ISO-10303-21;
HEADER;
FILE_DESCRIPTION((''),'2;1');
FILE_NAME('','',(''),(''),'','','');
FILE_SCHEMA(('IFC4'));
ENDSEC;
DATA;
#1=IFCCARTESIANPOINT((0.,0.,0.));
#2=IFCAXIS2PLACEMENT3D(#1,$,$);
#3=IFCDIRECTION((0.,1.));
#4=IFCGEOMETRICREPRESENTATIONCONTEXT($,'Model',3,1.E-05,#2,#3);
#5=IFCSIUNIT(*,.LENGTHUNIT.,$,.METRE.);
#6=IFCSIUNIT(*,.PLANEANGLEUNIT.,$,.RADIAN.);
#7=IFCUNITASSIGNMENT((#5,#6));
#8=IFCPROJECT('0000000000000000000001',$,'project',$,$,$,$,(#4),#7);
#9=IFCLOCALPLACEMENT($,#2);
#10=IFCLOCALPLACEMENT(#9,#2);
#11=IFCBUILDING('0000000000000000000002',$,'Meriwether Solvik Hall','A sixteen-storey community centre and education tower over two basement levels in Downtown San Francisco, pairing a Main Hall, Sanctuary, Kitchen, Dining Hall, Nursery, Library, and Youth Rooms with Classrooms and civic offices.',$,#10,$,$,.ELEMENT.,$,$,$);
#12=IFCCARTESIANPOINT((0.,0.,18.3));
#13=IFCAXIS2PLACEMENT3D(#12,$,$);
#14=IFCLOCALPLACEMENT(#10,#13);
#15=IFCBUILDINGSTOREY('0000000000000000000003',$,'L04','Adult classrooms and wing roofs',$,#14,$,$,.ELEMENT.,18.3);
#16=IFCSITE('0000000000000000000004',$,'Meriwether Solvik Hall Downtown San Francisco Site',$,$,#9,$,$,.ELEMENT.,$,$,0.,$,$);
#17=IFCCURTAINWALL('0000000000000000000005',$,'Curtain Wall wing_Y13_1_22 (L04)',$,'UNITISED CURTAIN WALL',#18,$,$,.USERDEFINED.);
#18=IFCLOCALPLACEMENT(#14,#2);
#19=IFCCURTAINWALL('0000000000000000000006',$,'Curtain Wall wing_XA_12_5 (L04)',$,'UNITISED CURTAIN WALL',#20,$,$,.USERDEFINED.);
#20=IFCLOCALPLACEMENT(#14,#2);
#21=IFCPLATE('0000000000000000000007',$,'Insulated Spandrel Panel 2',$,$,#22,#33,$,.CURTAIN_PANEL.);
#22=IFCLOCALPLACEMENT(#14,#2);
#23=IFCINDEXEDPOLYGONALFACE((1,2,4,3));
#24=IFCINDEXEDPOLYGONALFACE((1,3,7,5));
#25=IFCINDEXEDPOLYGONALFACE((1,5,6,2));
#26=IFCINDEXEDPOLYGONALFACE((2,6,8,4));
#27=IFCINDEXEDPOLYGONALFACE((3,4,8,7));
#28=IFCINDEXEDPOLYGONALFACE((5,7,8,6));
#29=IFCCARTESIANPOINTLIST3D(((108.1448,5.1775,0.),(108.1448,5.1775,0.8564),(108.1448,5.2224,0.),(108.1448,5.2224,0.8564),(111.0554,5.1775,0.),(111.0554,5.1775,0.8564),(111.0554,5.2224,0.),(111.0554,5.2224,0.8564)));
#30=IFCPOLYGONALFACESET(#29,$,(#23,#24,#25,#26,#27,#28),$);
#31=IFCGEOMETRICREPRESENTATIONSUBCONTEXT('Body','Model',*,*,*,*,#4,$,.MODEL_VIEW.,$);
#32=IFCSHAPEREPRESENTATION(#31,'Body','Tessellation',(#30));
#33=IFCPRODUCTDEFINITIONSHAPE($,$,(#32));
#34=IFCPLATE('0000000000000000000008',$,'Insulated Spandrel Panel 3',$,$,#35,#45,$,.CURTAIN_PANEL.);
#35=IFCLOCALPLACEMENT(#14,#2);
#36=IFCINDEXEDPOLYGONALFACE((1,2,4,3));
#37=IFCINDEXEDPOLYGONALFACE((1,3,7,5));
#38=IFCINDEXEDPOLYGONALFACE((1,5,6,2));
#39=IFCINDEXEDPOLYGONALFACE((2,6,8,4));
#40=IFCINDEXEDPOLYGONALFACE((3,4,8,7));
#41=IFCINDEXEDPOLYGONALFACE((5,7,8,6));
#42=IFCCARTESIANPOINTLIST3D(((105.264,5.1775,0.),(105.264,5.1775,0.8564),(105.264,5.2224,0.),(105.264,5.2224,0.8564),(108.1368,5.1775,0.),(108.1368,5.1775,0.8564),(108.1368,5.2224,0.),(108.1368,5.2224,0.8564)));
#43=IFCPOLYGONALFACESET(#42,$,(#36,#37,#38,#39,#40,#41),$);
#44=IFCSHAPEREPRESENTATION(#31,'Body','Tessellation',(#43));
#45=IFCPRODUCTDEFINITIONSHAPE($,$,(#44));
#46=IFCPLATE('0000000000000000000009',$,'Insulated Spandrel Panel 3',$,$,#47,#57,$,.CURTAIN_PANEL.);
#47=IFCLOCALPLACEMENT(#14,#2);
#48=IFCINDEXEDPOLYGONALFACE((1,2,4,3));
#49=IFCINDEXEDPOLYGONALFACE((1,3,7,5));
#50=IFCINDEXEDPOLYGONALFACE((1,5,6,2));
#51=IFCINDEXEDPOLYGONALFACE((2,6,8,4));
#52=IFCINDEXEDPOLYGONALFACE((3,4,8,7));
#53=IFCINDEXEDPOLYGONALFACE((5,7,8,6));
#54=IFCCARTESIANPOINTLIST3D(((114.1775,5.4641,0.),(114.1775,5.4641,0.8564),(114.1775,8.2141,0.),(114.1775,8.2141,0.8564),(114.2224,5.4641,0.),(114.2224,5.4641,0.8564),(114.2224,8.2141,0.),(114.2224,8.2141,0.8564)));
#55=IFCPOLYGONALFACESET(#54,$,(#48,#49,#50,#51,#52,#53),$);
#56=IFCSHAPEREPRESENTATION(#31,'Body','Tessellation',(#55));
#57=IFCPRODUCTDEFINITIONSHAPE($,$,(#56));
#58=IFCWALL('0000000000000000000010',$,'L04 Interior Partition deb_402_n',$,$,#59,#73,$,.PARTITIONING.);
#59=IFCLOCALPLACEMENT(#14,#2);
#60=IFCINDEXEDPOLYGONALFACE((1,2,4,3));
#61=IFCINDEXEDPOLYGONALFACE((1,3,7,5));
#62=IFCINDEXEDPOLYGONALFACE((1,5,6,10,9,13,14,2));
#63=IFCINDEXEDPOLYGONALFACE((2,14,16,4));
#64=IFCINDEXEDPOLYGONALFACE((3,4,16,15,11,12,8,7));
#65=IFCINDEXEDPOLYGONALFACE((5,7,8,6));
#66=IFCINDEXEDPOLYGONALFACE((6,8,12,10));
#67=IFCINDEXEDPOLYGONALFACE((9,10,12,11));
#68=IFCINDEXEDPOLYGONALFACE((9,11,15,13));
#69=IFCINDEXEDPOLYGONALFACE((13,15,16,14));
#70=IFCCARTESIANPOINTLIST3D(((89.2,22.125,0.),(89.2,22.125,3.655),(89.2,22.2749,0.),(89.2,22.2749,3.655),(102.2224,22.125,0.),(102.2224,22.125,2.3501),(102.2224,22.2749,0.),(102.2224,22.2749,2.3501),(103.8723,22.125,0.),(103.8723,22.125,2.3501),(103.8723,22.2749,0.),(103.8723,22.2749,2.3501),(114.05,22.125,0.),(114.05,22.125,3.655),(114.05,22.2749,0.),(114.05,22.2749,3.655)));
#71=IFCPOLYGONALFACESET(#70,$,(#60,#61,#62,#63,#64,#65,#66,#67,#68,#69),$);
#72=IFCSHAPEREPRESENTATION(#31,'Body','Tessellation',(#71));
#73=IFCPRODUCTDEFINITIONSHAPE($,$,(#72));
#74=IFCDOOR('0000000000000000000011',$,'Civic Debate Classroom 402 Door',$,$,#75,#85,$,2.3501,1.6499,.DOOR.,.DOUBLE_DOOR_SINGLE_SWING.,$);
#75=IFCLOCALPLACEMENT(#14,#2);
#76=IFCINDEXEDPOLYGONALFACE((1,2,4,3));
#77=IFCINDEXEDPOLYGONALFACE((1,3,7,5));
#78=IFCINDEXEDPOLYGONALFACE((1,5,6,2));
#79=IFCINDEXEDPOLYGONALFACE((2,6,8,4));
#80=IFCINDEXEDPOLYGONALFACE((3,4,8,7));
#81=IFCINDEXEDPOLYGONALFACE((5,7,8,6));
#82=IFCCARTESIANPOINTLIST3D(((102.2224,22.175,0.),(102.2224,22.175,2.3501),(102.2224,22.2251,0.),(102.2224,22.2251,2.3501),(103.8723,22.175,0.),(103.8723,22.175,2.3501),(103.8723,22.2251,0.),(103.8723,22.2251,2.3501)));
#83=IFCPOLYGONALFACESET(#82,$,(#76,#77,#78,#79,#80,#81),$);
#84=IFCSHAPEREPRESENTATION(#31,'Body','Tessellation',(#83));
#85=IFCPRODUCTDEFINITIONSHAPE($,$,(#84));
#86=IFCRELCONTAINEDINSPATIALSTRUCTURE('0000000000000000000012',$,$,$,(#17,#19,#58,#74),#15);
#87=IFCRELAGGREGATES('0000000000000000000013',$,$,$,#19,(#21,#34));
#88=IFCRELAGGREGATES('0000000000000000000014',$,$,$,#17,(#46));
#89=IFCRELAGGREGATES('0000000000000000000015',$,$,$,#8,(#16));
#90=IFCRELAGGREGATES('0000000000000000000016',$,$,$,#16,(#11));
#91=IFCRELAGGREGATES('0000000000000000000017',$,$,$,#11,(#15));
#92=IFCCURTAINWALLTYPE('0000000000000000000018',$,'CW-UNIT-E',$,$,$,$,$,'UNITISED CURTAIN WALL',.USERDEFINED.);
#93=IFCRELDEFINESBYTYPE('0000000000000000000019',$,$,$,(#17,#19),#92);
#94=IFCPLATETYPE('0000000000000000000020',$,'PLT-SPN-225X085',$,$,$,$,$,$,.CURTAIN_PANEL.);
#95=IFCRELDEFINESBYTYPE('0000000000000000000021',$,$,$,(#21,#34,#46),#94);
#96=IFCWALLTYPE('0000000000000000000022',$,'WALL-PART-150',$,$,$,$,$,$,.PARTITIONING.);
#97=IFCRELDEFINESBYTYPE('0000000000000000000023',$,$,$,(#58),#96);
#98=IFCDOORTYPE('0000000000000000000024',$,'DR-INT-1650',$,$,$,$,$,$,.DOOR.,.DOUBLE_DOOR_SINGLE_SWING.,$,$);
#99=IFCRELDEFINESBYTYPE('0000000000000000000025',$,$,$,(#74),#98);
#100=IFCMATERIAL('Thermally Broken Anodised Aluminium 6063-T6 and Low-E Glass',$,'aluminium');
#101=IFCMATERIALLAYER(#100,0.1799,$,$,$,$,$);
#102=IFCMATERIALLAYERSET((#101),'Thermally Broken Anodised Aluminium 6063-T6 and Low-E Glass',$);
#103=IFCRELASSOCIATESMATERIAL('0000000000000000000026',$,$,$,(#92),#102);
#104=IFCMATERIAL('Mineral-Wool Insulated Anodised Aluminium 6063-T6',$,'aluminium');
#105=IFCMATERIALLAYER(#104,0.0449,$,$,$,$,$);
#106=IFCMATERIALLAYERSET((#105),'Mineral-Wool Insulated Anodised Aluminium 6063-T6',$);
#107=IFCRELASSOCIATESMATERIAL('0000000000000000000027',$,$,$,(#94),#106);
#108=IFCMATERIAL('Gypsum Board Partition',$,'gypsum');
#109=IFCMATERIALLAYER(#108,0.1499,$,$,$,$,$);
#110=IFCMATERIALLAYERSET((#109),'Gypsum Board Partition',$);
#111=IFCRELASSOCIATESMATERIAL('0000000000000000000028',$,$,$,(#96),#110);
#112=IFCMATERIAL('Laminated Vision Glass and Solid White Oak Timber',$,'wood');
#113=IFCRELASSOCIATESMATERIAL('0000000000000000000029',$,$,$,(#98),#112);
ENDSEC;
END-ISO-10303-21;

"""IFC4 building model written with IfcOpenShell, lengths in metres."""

from ifc_helpers import new_model, si_unit, direction, frame, frame_2d, origin, origin_2d, place, context, subcontext, project, spatial, rectangle, extrude, material, layer, layer_set, type_object, element, fill, aggregate, save


model = new_model("IFC4")

# Units and contexts
model_context = context("Model", 3, precision=1e-05, world=origin(), true_north=direction((0.0, 1.0)))
body_context = subcontext(model_context, "Body", "Model", "MODEL_VIEW")
ifc_project = project(units=[si_unit("LENGTHUNIT", "METRE"), si_unit("PLANEANGLEUNIT", "RADIAN")], contexts=[model_context])

# Site, building, storey
site_placement = place(None, origin())
site = spatial("IfcSite", under=ifc_project, at=site_placement, Name="Meriwether Solvik Hall Downtown San Francisco Site", CompositionType="ELEMENT", RefElevation=0.0)
building_placement = place(site_placement, origin())
building = spatial("IfcBuilding", under=site, at=building_placement, Name="Meriwether Solvik Hall", Description="A sixteen-storey community centre and education tower over two basement levels in Downtown San Francisco, pairing a Main Hall, Sanctuary, Kitchen, Dining Hall, Nursery, Library, and Youth Rooms with Classrooms and civic offices.", CompositionType="ELEMENT")
storey_placement = place(building_placement, frame((0.0, 0.0, 18.3)))
storey = spatial("IfcBuildingStorey", under=building, at=storey_placement, Name="L04", Description="Adult classrooms and wing roofs", CompositionType="ELEMENT", Elevation=18.3)

# Curtain wall
ifc_material_1 = material(Name="Thermally Broken Anodised Aluminium 6063-T6 and Low-E Glass", Category="aluminium")
ifc_layer_1 = layer(ifc_material_1, 0.1799)
ifc_layer_set_1 = layer_set([ifc_layer_1], Name="Thermally Broken Anodised Aluminium 6063-T6 and Low-E Glass")
curtain_wall_type = type_object("IfcCurtainWallType", Name="CW-UNIT-E", ElementType="UNITISED CURTAIN WALL", PredefinedType="USERDEFINED", material=ifc_layer_set_1)
curtain_wall_1_placement = place(storey_placement, origin())
curtain_wall_1 = element("IfcCurtainWall", 1, at=curtain_wall_1_placement, inside=storey, type_object=curtain_wall_type, Name="Curtain Wall wing_Y13_1_22 (L04)", ObjectType="UNITISED CURTAIN WALL", PredefinedType="USERDEFINED")

# Curtain wall
curtain_wall_2_placement = place(storey_placement, origin())
curtain_wall_2 = element("IfcCurtainWall", 2, at=curtain_wall_2_placement, inside=storey, type_object=curtain_wall_type, Name="Curtain Wall wing_XA_12_5 (L04)", ObjectType="UNITISED CURTAIN WALL", PredefinedType="USERDEFINED")

# Plates
ifc_material_2 = material(Name="Mineral-Wool Insulated Anodised Aluminium 6063-T6", Category="aluminium")
ifc_layer_2 = layer(ifc_material_2, 0.0449)
ifc_layer_set_2 = layer_set([ifc_layer_2], Name="Mineral-Wool Insulated Anodised Aluminium 6063-T6")
plate_type_1 = type_object("IfcPlateType", Name="PLT-SPN-225X085", PredefinedType="CURTAIN_PANEL", material=ifc_layer_set_2)
plate_1_placement = place(storey_placement, frame((109.6001, 5.2, 0.0), z_axis=(0.0, 0.0, 1.0), x_axis=(-1.0, 0.0, 0.0)))
plate_1 = element("IfcPlate", 3, at=plate_1_placement, type_object=plate_type_1, Name="Insulated Spandrel Panel 2", PredefinedType="CURTAIN_PANEL", context=body_context, shape_type="SweptSolid", body=[
    extrude(rectangle(XDim=2.9106, YDim=0.0449, at=origin_2d()), origin(), (0.0, 0.0, 1.0), 0.8564),
])
plate_2_placement = place(storey_placement, frame((106.7004, 5.2, 0.0), z_axis=(0.0, 0.0, 1.0), x_axis=(-1.0, 0.0, 0.0)))
plate_2 = element("IfcPlate", 4, at=plate_2_placement, type_object=plate_type_1, Name="Insulated Spandrel Panel 3", PredefinedType="CURTAIN_PANEL", context=body_context, shape_type="SweptSolid", body=[
    extrude(rectangle(XDim=2.8728, YDim=0.0449, at=origin_2d()), origin(), (0.0, 0.0, 1.0), 0.8564),
])
aggregate(curtain_wall_2, [plate_1, plate_2])
plate_3_placement = place(storey_placement, frame((114.2, 6.8391, 0.0), z_axis=(0.0, 0.0, 1.0), x_axis=(0.0, -1.0, 0.0)))
plate_3 = element("IfcPlate", 5, at=plate_3_placement, type_object=plate_type_1, Name="Insulated Spandrel Panel 3", PredefinedType="CURTAIN_PANEL", context=body_context, shape_type="SweptSolid", body=[
    extrude(rectangle(XDim=2.75, YDim=0.0449, at=origin_2d()), origin(), (0.0, 0.0, 1.0), 0.8564),
])
aggregate(curtain_wall_1, [plate_3])

# Wall, opening, door
ifc_material_3 = material(Name="Gypsum Board Partition", Category="gypsum")
ifc_layer_3 = layer(ifc_material_3, 0.1499)
ifc_layer_set_3 = layer_set([ifc_layer_3], Name="Gypsum Board Partition")
wall_type = type_object("IfcWallType", Name="WALL-PART-150", PredefinedType="PARTITIONING", material=ifc_layer_set_3)
wall_placement = place(storey_placement, frame((114.05, 22.2, 0.0), z_axis=(0.0, 0.0, 1.0), x_axis=(-1.0, 0.0, 0.0)))
wall = element("IfcWall", 6, at=wall_placement, inside=storey, type_object=wall_type, Name="L04 Interior Partition deb_402_n", PredefinedType="PARTITIONING", context=body_context, shape_type="SweptSolid", body=[
    extrude(rectangle(XDim=24.8501, YDim=0.1499, at=frame_2d((12.425, 0.0))), origin(), (0.0, 0.0, 1.0), 3.655),
])
opening_placement = place(wall_placement, frame((10.1777, 0.0, 0.0)))
opening = element("IfcOpeningElement", 7, at=opening_placement, cuts=wall, PredefinedType="OPENING", context=body_context, shape_type="SweptSolid", body=[
    extrude(rectangle(XDim=1.6499, YDim=2.3501, at=frame_2d((0.825, 1.175))), frame((0.0, 0.0869, 0.0), z_axis=(0.0, -1.0, 0.0), x_axis=(1.0, 0.0, 0.0)), (0.0, 0.0, 1.0), 0.1738),
])
ifc_material_4 = material(Name="Laminated Vision Glass and Solid White Oak Timber", Category="wood")
door_type = type_object("IfcDoorType", Name="DR-INT-1650", OperationType="DOUBLE_DOOR_SINGLE_SWING", PredefinedType="DOOR", material=ifc_material_4)
door_placement = place(opening_placement, origin())
door = element("IfcDoor", 8, at=door_placement, inside=storey, type_object=door_type, Name="Civic Debate Classroom 402 Door", OperationType="DOUBLE_DOOR_SINGLE_SWING", OverallHeight=2.3501, OverallWidth=1.6499, PredefinedType="DOOR", context=body_context, shape_type="SweptSolid", body=[
    extrude(rectangle(XDim=1.6499, YDim=2.3501, at=frame_2d((0.825, 1.175))), frame((0.0, 0.0249, 0.0), z_axis=(0.0, -1.0, 0.0), x_axis=(1.0, 0.0, 0.0)), (0.0, 0.0, 1.0), 0.05),
])
fill(opening, door)

save(model, "model.ifc")
